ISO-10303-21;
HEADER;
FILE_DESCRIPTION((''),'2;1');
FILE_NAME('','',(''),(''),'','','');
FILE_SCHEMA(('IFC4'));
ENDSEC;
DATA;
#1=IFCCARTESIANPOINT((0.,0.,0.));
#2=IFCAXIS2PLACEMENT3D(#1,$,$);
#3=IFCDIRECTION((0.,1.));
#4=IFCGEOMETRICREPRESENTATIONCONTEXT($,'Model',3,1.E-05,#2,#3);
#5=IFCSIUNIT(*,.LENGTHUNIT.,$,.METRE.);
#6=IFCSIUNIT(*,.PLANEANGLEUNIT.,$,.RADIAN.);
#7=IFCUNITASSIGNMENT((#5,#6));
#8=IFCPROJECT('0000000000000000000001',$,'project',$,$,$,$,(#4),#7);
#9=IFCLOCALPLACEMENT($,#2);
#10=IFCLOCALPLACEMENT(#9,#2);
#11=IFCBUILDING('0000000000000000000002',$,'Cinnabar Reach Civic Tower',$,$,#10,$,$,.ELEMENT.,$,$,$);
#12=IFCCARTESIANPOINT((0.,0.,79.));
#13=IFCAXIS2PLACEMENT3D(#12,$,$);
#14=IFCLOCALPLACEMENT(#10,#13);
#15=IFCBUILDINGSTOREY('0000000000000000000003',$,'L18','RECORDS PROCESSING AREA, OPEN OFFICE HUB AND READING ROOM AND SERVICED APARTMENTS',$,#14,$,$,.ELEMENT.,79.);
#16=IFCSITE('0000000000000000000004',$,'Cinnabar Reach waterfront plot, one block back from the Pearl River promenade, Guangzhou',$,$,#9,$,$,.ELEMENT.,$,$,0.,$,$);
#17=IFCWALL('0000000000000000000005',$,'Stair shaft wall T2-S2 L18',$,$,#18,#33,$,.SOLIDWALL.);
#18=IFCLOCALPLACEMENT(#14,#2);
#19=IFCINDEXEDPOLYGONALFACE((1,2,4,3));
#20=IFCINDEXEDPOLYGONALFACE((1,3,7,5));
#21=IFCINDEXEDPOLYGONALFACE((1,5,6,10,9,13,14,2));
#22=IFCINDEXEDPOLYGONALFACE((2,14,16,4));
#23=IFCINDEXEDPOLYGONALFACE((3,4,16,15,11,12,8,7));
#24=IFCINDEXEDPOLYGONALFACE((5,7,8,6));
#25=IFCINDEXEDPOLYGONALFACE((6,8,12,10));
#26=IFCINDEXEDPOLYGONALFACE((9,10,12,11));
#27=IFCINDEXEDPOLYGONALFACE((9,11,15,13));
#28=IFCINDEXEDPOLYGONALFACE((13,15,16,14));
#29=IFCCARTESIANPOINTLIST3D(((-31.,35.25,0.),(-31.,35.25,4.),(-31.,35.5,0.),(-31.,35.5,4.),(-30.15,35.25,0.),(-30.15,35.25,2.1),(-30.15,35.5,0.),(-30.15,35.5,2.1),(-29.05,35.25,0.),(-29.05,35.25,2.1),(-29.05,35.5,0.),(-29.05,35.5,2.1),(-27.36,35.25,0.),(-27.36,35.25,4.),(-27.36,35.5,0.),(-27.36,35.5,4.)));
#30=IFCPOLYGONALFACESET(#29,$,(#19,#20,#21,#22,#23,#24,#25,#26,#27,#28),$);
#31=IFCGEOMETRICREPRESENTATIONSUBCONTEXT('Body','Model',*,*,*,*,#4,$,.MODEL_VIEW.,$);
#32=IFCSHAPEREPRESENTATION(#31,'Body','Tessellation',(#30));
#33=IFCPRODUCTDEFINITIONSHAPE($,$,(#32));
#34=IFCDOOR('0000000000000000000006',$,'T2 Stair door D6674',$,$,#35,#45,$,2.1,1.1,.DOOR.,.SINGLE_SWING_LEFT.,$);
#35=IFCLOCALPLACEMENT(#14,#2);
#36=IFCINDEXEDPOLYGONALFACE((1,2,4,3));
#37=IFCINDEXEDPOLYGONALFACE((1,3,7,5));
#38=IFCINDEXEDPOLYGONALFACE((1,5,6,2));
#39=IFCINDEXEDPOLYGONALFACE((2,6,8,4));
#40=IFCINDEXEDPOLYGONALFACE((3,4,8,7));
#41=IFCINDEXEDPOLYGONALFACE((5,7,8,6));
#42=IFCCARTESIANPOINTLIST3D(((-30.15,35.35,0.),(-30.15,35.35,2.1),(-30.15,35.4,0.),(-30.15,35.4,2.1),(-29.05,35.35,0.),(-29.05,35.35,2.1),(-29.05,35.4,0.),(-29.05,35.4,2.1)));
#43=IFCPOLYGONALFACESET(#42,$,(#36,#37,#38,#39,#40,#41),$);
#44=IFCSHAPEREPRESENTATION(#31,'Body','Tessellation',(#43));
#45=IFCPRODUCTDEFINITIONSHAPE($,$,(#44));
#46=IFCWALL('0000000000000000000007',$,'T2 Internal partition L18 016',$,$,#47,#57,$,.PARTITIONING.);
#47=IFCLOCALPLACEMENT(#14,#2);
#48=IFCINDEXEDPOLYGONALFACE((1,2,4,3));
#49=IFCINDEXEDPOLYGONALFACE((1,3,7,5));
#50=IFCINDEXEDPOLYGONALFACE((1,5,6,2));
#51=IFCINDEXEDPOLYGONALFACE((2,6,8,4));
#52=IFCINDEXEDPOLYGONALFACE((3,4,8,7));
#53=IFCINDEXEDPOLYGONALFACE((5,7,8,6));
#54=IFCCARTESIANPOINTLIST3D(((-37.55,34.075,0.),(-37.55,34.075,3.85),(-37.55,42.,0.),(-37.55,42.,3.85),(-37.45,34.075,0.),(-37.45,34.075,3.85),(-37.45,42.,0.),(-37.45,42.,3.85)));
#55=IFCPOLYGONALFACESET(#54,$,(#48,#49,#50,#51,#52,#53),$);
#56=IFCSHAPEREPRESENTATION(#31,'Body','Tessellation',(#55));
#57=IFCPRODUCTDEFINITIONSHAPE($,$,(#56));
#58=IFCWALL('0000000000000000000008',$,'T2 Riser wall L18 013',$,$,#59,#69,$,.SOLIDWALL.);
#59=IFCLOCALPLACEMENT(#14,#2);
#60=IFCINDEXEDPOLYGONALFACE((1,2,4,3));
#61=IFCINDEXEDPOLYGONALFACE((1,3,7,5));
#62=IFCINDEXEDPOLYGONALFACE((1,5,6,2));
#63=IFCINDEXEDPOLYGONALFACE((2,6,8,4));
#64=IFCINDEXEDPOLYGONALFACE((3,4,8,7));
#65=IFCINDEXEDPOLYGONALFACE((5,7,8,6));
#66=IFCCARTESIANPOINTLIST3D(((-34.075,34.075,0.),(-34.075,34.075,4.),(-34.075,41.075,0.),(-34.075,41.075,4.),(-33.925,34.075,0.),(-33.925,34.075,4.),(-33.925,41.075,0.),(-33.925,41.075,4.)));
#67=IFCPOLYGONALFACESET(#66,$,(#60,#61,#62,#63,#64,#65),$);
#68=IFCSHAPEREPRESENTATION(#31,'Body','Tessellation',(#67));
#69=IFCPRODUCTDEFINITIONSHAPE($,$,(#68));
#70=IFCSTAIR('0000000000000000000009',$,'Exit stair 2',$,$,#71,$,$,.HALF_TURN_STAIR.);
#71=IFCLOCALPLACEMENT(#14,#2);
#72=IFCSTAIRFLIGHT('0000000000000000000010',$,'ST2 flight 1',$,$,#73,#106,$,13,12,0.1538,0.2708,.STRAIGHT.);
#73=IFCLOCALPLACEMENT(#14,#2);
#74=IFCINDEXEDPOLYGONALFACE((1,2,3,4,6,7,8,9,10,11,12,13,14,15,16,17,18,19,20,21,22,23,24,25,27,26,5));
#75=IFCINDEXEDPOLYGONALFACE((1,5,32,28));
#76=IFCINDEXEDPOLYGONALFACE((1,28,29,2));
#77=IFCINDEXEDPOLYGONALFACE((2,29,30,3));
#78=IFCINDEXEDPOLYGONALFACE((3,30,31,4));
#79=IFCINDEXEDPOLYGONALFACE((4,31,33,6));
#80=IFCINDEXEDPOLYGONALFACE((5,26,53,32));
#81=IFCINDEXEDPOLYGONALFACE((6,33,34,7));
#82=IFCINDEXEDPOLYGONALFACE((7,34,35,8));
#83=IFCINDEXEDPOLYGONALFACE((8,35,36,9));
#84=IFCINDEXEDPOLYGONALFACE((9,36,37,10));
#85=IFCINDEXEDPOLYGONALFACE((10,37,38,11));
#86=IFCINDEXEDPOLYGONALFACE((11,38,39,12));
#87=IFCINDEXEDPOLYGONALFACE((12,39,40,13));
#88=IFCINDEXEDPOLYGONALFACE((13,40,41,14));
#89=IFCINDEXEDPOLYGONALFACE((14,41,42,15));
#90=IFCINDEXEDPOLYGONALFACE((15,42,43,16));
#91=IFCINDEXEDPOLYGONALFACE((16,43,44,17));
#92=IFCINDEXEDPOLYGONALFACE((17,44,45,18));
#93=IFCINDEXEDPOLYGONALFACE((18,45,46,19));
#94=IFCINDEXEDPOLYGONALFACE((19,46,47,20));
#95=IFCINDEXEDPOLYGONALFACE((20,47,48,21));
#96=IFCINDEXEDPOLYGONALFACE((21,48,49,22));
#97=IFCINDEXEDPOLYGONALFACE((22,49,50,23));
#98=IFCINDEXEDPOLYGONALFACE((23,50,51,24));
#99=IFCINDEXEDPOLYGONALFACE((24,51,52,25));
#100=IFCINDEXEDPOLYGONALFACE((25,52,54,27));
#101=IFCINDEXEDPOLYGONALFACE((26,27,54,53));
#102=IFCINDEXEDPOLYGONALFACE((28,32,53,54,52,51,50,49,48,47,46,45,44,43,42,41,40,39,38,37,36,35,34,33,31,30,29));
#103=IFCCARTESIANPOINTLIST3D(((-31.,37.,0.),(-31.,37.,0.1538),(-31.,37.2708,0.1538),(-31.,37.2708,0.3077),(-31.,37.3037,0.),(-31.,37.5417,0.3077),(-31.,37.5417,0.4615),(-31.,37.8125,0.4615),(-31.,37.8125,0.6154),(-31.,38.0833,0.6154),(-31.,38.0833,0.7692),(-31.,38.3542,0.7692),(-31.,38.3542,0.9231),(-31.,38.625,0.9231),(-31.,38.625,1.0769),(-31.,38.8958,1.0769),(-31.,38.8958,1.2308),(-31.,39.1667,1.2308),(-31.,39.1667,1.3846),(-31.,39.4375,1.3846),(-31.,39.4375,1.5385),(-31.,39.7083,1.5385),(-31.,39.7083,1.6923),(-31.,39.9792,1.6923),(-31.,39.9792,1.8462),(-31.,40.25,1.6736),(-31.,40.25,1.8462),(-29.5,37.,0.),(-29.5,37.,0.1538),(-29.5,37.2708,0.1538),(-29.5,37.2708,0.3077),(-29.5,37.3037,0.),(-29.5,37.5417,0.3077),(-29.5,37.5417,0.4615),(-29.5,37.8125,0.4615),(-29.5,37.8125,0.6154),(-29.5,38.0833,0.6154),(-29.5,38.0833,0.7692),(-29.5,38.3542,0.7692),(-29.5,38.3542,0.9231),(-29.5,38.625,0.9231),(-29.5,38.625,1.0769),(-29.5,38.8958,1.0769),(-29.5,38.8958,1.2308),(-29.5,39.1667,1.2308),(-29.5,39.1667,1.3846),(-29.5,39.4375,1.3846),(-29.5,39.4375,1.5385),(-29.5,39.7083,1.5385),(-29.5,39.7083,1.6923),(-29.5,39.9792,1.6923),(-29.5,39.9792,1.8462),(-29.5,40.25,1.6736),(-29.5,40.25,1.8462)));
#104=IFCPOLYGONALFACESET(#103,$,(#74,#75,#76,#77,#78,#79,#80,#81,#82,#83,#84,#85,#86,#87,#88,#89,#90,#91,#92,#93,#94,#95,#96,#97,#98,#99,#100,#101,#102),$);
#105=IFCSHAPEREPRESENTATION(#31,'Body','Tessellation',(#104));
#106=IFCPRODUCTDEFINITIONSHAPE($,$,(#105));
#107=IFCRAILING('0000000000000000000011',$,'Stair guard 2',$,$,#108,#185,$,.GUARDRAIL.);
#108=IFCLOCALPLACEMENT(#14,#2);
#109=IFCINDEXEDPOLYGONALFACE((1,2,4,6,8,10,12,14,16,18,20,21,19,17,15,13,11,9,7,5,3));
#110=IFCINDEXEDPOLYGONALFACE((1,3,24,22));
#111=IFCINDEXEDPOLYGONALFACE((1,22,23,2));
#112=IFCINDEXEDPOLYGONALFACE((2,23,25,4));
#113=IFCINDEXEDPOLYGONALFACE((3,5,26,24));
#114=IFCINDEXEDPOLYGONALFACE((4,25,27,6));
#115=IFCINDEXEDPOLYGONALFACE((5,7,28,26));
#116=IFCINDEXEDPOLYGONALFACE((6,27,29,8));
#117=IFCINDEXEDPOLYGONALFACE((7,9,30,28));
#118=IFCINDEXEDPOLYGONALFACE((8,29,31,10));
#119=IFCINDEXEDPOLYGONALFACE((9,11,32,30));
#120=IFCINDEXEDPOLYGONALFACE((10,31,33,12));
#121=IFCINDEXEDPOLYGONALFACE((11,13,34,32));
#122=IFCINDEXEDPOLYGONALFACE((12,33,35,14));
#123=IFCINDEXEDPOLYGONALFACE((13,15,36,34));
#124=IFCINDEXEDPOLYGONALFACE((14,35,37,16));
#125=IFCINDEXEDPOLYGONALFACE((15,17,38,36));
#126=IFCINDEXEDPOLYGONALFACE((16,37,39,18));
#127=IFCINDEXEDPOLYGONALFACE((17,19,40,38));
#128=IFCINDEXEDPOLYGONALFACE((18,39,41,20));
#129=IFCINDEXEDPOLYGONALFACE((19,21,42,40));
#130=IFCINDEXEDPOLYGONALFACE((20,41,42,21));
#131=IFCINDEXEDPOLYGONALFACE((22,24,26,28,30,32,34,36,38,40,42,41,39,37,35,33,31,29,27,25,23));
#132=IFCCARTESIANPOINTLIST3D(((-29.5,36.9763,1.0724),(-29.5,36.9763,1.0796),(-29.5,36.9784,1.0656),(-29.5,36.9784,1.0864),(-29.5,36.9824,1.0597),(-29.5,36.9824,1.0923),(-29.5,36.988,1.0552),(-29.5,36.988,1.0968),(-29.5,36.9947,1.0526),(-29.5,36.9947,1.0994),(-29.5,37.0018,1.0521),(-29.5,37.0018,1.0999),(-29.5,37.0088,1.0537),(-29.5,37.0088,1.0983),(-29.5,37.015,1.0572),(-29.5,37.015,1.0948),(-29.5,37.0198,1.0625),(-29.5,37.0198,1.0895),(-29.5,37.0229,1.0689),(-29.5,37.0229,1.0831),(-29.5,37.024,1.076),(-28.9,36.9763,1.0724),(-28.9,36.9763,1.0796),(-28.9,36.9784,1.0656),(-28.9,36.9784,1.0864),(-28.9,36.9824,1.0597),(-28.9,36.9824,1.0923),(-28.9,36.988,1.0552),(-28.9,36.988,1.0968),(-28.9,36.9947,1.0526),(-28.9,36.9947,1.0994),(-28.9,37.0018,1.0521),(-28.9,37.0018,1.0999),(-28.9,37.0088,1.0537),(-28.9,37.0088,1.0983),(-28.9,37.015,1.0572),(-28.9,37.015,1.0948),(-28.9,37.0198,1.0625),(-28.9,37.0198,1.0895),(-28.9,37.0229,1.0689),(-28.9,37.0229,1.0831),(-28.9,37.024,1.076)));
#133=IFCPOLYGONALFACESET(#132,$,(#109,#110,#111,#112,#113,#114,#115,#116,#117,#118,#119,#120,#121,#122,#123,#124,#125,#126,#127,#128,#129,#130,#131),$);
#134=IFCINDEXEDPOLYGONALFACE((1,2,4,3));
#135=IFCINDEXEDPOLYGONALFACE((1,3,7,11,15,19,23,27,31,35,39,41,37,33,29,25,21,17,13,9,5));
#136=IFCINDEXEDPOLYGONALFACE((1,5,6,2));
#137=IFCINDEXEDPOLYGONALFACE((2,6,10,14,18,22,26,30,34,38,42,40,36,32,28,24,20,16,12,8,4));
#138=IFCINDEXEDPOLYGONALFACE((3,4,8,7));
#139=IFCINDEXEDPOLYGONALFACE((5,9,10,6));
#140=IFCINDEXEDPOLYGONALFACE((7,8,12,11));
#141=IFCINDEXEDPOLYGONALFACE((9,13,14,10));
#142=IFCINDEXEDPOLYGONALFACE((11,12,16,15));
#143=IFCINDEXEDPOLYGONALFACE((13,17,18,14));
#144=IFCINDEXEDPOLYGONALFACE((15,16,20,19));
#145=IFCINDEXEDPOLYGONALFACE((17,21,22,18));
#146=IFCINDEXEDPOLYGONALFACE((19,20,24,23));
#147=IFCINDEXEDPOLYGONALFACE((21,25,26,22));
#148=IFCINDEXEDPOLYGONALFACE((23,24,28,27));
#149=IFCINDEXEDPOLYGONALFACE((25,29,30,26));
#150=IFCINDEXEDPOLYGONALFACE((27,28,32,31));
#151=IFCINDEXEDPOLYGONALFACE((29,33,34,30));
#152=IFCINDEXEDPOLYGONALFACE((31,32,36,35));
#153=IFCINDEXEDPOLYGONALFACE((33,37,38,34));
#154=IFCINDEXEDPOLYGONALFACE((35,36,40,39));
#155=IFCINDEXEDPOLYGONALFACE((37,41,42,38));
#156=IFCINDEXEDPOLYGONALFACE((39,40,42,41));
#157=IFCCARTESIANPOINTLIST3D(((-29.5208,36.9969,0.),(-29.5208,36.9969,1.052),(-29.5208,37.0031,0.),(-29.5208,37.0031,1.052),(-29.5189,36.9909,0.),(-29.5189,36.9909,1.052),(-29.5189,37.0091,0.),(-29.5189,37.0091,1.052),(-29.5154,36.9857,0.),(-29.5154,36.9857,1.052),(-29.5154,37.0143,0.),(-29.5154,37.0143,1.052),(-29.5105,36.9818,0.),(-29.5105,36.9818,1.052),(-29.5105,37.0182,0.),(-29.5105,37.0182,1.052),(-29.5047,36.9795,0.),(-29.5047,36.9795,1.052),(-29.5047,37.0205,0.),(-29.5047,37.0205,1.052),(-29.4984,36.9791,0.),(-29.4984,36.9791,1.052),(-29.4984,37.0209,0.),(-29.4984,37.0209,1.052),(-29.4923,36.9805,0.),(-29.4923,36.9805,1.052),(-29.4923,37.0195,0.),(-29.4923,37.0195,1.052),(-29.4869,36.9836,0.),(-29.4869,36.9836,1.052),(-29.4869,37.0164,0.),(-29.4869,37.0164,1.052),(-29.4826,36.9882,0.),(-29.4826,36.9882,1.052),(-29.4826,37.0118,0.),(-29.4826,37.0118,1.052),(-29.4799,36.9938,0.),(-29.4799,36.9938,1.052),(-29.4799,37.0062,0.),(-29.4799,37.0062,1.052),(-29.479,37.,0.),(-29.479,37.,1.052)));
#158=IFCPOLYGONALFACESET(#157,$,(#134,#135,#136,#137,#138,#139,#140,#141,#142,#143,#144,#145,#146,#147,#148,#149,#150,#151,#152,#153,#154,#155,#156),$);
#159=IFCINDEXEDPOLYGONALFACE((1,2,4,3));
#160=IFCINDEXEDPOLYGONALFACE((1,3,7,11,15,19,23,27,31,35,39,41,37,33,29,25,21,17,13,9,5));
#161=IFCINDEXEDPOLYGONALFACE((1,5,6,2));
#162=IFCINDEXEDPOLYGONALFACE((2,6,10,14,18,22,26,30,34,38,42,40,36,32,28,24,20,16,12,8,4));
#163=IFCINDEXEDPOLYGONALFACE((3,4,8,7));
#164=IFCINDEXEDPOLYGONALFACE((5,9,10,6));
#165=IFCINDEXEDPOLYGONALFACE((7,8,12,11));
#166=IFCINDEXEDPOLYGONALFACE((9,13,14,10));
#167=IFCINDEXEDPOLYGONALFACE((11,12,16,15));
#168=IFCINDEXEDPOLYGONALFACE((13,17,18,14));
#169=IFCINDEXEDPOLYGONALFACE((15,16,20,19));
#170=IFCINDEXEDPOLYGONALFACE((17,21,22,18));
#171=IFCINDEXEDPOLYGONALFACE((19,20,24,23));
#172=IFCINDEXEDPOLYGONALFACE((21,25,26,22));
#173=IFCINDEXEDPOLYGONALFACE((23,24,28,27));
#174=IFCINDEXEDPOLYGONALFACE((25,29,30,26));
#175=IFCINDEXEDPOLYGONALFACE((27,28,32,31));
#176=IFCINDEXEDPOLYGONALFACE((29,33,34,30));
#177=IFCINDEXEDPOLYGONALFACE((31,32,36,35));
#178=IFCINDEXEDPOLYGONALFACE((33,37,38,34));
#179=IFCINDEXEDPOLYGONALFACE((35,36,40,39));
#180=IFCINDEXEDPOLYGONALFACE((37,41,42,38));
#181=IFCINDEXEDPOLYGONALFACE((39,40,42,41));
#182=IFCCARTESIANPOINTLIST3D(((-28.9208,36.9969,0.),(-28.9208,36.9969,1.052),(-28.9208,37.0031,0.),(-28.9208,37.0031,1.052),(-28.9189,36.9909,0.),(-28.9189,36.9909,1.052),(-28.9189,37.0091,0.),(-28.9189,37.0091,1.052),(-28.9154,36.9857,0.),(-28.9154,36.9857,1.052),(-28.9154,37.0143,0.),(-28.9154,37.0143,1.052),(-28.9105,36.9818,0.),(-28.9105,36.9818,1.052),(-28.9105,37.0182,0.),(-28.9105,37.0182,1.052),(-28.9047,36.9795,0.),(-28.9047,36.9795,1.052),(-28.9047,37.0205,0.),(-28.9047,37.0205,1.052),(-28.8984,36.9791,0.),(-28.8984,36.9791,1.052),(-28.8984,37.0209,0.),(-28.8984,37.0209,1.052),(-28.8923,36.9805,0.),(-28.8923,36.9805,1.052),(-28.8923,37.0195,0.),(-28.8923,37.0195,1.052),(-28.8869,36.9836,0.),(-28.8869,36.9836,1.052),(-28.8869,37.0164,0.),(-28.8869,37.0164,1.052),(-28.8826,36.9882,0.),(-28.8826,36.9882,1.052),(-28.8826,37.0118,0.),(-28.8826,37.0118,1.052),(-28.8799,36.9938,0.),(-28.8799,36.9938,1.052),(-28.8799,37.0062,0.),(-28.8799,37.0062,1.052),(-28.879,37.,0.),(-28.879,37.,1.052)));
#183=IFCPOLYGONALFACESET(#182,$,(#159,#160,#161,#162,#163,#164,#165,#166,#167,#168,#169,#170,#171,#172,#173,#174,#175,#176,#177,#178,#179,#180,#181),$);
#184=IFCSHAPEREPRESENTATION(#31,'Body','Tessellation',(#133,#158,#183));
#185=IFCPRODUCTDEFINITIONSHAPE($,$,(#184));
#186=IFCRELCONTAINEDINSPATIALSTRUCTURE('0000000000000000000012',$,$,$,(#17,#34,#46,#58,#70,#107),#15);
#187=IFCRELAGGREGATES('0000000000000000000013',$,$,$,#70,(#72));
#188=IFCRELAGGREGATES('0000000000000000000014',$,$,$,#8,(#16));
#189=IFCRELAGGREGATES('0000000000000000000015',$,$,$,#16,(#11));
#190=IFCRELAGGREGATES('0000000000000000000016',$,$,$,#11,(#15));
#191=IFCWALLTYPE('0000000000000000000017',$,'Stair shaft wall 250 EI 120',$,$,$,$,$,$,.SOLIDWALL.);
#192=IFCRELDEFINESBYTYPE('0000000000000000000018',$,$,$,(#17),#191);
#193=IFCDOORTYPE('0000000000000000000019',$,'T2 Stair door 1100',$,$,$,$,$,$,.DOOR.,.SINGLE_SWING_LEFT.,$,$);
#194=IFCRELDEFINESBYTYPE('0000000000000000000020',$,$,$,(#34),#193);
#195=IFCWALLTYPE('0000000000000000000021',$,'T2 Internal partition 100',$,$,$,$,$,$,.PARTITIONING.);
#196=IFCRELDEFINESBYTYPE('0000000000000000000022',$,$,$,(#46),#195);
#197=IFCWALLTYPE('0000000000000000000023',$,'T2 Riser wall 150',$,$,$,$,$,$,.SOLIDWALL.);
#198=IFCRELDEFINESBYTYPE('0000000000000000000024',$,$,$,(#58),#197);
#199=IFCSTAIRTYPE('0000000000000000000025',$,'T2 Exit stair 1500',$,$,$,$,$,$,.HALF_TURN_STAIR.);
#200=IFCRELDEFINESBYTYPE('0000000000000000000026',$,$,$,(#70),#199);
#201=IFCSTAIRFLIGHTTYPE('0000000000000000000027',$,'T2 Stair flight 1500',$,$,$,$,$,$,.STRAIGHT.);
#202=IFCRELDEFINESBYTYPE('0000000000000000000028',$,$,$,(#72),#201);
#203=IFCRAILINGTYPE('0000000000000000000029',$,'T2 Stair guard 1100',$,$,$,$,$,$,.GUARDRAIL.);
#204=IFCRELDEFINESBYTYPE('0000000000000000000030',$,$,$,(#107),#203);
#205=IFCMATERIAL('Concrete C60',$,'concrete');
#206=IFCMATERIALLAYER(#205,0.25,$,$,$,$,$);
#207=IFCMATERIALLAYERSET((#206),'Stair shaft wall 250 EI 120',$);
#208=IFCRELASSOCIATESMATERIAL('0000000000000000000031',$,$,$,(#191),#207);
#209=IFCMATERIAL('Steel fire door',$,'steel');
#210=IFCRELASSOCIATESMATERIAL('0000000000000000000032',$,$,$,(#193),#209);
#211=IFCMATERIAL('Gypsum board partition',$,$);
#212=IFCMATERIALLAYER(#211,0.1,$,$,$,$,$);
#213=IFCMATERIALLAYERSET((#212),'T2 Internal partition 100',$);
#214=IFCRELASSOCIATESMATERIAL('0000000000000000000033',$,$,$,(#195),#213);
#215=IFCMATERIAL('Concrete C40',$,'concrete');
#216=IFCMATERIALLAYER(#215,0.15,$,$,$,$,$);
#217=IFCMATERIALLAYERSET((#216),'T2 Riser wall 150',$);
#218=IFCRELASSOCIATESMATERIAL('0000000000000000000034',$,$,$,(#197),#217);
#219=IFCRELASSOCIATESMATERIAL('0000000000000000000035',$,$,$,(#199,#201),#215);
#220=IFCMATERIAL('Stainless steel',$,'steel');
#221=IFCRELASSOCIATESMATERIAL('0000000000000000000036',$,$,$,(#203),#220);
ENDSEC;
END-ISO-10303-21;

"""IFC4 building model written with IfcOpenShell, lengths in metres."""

from ifc_helpers import new_model, si_unit, direction, frame, frame_2d, origin, origin_2d, place, context, subcontext, project, spatial, polyline, rectangle, circle, outline, extrude, material, layer, layer_set, type_object, element, fill, aggregate, save


model = new_model("IFC4")

# Units and contexts
model_context = context("Model", 3, precision=1e-05, world=origin(), true_north=direction((0.0, 1.0)))
body_context = subcontext(model_context, "Body", "Model", "MODEL_VIEW")
ifc_project = project(units=[si_unit("LENGTHUNIT", "METRE"), si_unit("PLANEANGLEUNIT", "RADIAN")], contexts=[model_context])

# Site, building, storey
site_placement = place(None, origin())
site = spatial("IfcSite", under=ifc_project, at=site_placement, Name="Cinnabar Reach waterfront plot, one block back from the Pearl River promenade, Guangzhou", CompositionType="ELEMENT", RefElevation=0.0)
building_placement = place(site_placement, origin())
building = spatial("IfcBuilding", under=site, at=building_placement, Name="Cinnabar Reach Civic Tower", CompositionType="ELEMENT")
storey_placement = place(building_placement, frame((0.0, 0.0, 79.0)))
storey = spatial("IfcBuildingStorey", under=building, at=storey_placement, Name="L18", Description="RECORDS PROCESSING AREA, OPEN OFFICE HUB AND READING ROOM AND SERVICED APARTMENTS", CompositionType="ELEMENT", Elevation=79.0)

# Shared definitions
ifc_material_1 = material(Name="Concrete C60", Category="concrete")

# Wall, opening, door
ifc_layer_1 = layer(ifc_material_1, 0.25)
ifc_layer_set_1 = layer_set([ifc_layer_1], Name="Stair shaft wall 250 EI 120")
wall_type_1 = type_object("IfcWallType", Name="Stair shaft wall 250 EI 120", PredefinedType="SOLIDWALL", material=ifc_layer_set_1)
wall_1_placement = place(storey_placement, frame((-31.0, 35.375, 0.0), z_axis=(0.0, 0.0, 1.0), x_axis=(1.0, 0.0, 0.0)))
wall_1 = element("IfcWall", 1, at=wall_1_placement, inside=storey, type_object=wall_type_1, Name="Stair shaft wall T2-S2 L18", PredefinedType="SOLIDWALL", context=body_context, shape_type="SweptSolid", body=[
    extrude(rectangle(XDim=3.64, YDim=0.25, at=frame_2d((1.82, 0.0))), origin(), (0.0, 0.0, 1.0), 4.0),
])
opening_1_placement = place(wall_1_placement, frame((0.85, 0.0, 0.0)))
opening_1 = element("IfcOpeningElement", 2, at=opening_1_placement, cuts=wall_1, PredefinedType="OPENING", context=body_context, shape_type="SweptSolid", body=[
    extrude(rectangle(XDim=1.1, YDim=2.1, at=frame_2d((0.55, 1.05))), frame((0.0, 0.135, 0.0), z_axis=(0.0, -1.0, 0.0), x_axis=(1.0, 0.0, 0.0)), (0.0, 0.0, 1.0), 0.27),
])
ifc_material_2 = material(Name="Steel fire door", Category="steel")
door_type = type_object("IfcDoorType", Name="T2 Stair door 1100", OperationType="SINGLE_SWING_LEFT", PredefinedType="DOOR", material=ifc_material_2)
door_placement = place(opening_1_placement, origin())
door = element("IfcDoor", 3, at=door_placement, inside=storey, type_object=door_type, Name="T2 Stair door D6674", OperationType="SINGLE_SWING_LEFT", OverallHeight=2.1, OverallWidth=1.1, PredefinedType="DOOR", context=body_context, shape_type="SweptSolid", body=[
    extrude(rectangle(XDim=1.1, YDim=2.1, at=frame_2d((0.55, 1.05))), frame((0.0, 0.025, 0.0), z_axis=(0.0, -1.0, 0.0), x_axis=(1.0, 0.0, 0.0)), (0.0, 0.0, 1.0), 0.05),
])
fill(opening_1, door)

# Walls
ifc_material_3 = material(Name="Gypsum board partition")
ifc_layer_2 = layer(ifc_material_3, 0.1)
ifc_layer_set_2 = layer_set([ifc_layer_2], Name="T2 Internal partition 100")
wall_type_2 = type_object("IfcWallType", Name="T2 Internal partition 100", PredefinedType="PARTITIONING", material=ifc_layer_set_2)
wall_2_placement = place(storey_placement, frame((-37.5, 34.075, 0.0), z_axis=(0.0, 0.0, 1.0), x_axis=(0.0, 1.0, 0.0)))
element("IfcWall", 4, at=wall_2_placement, inside=storey, type_object=wall_type_2, Name="T2 Internal partition L18 016", PredefinedType="PARTITIONING", context=body_context, shape_type="SweptSolid", body=[
    extrude(rectangle(XDim=7.925, YDim=0.1, at=frame_2d((3.9625, 0.0))), origin(), (0.0, 0.0, 1.0), 3.85),
])
ifc_material_4 = material(Name="Concrete C40", Category="concrete")
ifc_layer_3 = layer(ifc_material_4, 0.15)
ifc_layer_set_3 = layer_set([ifc_layer_3], Name="T2 Riser wall 150")
wall_type_3 = type_object("IfcWallType", Name="T2 Riser wall 150", PredefinedType="SOLIDWALL", material=ifc_layer_set_3)
wall_3_placement = place(storey_placement, frame((-34.0, 41.075, 0.0), z_axis=(0.0, 0.0, 1.0), x_axis=(0.0, -1.0, 0.0)))
element("IfcWall", 5, at=wall_3_placement, inside=storey, type_object=wall_type_3, Name="T2 Riser wall L18 013", PredefinedType="SOLIDWALL", context=body_context, shape_type="SweptSolid", body=[
    extrude(rectangle(XDim=7.0, YDim=0.15, at=frame_2d((3.5, 0.0))), origin(), (0.0, 0.0, 1.0), 4.0),
])

# Stair, stair flight
stair_type = type_object("IfcStairType", Name="T2 Exit stair 1500", PredefinedType="HALF_TURN_STAIR", material=ifc_material_4)
stair_placement = place(storey_placement, origin())
stair = element("IfcStair", 6, at=stair_placement, inside=storey, type_object=stair_type, Name="Exit stair 2", PredefinedType="HALF_TURN_STAIR")
stair_flight_type = type_object("IfcStairFlightType", Name="T2 Stair flight 1500", PredefinedType="STRAIGHT", material=ifc_material_4)
stair_flight_placement = place(storey_placement, frame((-30.25, 37.0, 0.0), z_axis=(0.0, 0.0, 1.0), x_axis=(0.0, 1.0, 0.0)))
stair_flight = element("IfcStairFlight", 7, at=stair_flight_placement, type_object=stair_flight_type, Name="ST2 flight 1", NumberOfRisers=13, NumberOfTreads=12, PredefinedType="STRAIGHT", RiserHeight=0.1538, TreadLength=0.2708, context=body_context, shape_type="SweptSolid", body=[
    extrude(outline(polyline([(0.0, 0.0), (0.0, 0.1538), (0.2708, 0.1538), (0.2708, 0.3077), (0.5417, 0.3077), (0.5417, 0.4615), (0.8125, 0.4615), (0.8125, 0.6154), (1.0833, 0.6154), (1.0833, 0.7692), (1.3542, 0.7692), (1.3542, 0.9231), (1.625, 0.9231), (1.625, 1.0769), (1.8958, 1.0769), (1.8958, 1.2308), (2.1667, 1.2308), (2.1667, 1.3846), (2.4375, 1.3846), (2.4375, 1.5385), (2.7083, 1.5385), (2.7083, 1.6923), (2.9792, 1.6923), (2.9792, 1.8462), (3.25, 1.8462), (3.25, 2.0), (3.25, 1.6736), (0.3037, 0.0), (0.0, 0.0)])), frame((0.0, 0.75, 0.0), z_axis=(0.0, -1.0, 0.0), x_axis=(1.0, 0.0, 0.0)), (0.0, 0.0, 1.0), 1.5),
])
aggregate(stair, [stair_flight])

# Railing
ifc_material_5 = material(Name="Stainless steel", Category="steel")
railing_type = type_object("IfcRailingType", Name="T2 Stair guard 1100", PredefinedType="GUARDRAIL", material=ifc_material_5)
railing_1_placement = place(storey_placement, frame((-29.5, 37.0, 0.0)))
element("IfcRailing", 8, at=railing_1_placement, inside=storey, type_object=railing_type, Name="Stair guard 2", PredefinedType="GUARDRAIL", context=body_context, shape_type="SweptSolid", body=[
    extrude(circle(Radius=0.024, at=origin_2d()), frame((0.0, 0.0, 1.076), z_axis=(1.0, 0.0, 0.0), x_axis=(0.0, 1.0, 0.0)), (0.0, 0.0, 1.0), 0.6),
    extrude(circle(Radius=0.021, at=origin_2d()), origin(), (0.0, 0.0, 1.0), 1.052),
    extrude(circle(Radius=0.021, at=origin_2d()), frame((0.6, 0.0, 0.0)), (0.0, 0.0, 1.0), 1.052),
])

save(model, "model.ifc")
